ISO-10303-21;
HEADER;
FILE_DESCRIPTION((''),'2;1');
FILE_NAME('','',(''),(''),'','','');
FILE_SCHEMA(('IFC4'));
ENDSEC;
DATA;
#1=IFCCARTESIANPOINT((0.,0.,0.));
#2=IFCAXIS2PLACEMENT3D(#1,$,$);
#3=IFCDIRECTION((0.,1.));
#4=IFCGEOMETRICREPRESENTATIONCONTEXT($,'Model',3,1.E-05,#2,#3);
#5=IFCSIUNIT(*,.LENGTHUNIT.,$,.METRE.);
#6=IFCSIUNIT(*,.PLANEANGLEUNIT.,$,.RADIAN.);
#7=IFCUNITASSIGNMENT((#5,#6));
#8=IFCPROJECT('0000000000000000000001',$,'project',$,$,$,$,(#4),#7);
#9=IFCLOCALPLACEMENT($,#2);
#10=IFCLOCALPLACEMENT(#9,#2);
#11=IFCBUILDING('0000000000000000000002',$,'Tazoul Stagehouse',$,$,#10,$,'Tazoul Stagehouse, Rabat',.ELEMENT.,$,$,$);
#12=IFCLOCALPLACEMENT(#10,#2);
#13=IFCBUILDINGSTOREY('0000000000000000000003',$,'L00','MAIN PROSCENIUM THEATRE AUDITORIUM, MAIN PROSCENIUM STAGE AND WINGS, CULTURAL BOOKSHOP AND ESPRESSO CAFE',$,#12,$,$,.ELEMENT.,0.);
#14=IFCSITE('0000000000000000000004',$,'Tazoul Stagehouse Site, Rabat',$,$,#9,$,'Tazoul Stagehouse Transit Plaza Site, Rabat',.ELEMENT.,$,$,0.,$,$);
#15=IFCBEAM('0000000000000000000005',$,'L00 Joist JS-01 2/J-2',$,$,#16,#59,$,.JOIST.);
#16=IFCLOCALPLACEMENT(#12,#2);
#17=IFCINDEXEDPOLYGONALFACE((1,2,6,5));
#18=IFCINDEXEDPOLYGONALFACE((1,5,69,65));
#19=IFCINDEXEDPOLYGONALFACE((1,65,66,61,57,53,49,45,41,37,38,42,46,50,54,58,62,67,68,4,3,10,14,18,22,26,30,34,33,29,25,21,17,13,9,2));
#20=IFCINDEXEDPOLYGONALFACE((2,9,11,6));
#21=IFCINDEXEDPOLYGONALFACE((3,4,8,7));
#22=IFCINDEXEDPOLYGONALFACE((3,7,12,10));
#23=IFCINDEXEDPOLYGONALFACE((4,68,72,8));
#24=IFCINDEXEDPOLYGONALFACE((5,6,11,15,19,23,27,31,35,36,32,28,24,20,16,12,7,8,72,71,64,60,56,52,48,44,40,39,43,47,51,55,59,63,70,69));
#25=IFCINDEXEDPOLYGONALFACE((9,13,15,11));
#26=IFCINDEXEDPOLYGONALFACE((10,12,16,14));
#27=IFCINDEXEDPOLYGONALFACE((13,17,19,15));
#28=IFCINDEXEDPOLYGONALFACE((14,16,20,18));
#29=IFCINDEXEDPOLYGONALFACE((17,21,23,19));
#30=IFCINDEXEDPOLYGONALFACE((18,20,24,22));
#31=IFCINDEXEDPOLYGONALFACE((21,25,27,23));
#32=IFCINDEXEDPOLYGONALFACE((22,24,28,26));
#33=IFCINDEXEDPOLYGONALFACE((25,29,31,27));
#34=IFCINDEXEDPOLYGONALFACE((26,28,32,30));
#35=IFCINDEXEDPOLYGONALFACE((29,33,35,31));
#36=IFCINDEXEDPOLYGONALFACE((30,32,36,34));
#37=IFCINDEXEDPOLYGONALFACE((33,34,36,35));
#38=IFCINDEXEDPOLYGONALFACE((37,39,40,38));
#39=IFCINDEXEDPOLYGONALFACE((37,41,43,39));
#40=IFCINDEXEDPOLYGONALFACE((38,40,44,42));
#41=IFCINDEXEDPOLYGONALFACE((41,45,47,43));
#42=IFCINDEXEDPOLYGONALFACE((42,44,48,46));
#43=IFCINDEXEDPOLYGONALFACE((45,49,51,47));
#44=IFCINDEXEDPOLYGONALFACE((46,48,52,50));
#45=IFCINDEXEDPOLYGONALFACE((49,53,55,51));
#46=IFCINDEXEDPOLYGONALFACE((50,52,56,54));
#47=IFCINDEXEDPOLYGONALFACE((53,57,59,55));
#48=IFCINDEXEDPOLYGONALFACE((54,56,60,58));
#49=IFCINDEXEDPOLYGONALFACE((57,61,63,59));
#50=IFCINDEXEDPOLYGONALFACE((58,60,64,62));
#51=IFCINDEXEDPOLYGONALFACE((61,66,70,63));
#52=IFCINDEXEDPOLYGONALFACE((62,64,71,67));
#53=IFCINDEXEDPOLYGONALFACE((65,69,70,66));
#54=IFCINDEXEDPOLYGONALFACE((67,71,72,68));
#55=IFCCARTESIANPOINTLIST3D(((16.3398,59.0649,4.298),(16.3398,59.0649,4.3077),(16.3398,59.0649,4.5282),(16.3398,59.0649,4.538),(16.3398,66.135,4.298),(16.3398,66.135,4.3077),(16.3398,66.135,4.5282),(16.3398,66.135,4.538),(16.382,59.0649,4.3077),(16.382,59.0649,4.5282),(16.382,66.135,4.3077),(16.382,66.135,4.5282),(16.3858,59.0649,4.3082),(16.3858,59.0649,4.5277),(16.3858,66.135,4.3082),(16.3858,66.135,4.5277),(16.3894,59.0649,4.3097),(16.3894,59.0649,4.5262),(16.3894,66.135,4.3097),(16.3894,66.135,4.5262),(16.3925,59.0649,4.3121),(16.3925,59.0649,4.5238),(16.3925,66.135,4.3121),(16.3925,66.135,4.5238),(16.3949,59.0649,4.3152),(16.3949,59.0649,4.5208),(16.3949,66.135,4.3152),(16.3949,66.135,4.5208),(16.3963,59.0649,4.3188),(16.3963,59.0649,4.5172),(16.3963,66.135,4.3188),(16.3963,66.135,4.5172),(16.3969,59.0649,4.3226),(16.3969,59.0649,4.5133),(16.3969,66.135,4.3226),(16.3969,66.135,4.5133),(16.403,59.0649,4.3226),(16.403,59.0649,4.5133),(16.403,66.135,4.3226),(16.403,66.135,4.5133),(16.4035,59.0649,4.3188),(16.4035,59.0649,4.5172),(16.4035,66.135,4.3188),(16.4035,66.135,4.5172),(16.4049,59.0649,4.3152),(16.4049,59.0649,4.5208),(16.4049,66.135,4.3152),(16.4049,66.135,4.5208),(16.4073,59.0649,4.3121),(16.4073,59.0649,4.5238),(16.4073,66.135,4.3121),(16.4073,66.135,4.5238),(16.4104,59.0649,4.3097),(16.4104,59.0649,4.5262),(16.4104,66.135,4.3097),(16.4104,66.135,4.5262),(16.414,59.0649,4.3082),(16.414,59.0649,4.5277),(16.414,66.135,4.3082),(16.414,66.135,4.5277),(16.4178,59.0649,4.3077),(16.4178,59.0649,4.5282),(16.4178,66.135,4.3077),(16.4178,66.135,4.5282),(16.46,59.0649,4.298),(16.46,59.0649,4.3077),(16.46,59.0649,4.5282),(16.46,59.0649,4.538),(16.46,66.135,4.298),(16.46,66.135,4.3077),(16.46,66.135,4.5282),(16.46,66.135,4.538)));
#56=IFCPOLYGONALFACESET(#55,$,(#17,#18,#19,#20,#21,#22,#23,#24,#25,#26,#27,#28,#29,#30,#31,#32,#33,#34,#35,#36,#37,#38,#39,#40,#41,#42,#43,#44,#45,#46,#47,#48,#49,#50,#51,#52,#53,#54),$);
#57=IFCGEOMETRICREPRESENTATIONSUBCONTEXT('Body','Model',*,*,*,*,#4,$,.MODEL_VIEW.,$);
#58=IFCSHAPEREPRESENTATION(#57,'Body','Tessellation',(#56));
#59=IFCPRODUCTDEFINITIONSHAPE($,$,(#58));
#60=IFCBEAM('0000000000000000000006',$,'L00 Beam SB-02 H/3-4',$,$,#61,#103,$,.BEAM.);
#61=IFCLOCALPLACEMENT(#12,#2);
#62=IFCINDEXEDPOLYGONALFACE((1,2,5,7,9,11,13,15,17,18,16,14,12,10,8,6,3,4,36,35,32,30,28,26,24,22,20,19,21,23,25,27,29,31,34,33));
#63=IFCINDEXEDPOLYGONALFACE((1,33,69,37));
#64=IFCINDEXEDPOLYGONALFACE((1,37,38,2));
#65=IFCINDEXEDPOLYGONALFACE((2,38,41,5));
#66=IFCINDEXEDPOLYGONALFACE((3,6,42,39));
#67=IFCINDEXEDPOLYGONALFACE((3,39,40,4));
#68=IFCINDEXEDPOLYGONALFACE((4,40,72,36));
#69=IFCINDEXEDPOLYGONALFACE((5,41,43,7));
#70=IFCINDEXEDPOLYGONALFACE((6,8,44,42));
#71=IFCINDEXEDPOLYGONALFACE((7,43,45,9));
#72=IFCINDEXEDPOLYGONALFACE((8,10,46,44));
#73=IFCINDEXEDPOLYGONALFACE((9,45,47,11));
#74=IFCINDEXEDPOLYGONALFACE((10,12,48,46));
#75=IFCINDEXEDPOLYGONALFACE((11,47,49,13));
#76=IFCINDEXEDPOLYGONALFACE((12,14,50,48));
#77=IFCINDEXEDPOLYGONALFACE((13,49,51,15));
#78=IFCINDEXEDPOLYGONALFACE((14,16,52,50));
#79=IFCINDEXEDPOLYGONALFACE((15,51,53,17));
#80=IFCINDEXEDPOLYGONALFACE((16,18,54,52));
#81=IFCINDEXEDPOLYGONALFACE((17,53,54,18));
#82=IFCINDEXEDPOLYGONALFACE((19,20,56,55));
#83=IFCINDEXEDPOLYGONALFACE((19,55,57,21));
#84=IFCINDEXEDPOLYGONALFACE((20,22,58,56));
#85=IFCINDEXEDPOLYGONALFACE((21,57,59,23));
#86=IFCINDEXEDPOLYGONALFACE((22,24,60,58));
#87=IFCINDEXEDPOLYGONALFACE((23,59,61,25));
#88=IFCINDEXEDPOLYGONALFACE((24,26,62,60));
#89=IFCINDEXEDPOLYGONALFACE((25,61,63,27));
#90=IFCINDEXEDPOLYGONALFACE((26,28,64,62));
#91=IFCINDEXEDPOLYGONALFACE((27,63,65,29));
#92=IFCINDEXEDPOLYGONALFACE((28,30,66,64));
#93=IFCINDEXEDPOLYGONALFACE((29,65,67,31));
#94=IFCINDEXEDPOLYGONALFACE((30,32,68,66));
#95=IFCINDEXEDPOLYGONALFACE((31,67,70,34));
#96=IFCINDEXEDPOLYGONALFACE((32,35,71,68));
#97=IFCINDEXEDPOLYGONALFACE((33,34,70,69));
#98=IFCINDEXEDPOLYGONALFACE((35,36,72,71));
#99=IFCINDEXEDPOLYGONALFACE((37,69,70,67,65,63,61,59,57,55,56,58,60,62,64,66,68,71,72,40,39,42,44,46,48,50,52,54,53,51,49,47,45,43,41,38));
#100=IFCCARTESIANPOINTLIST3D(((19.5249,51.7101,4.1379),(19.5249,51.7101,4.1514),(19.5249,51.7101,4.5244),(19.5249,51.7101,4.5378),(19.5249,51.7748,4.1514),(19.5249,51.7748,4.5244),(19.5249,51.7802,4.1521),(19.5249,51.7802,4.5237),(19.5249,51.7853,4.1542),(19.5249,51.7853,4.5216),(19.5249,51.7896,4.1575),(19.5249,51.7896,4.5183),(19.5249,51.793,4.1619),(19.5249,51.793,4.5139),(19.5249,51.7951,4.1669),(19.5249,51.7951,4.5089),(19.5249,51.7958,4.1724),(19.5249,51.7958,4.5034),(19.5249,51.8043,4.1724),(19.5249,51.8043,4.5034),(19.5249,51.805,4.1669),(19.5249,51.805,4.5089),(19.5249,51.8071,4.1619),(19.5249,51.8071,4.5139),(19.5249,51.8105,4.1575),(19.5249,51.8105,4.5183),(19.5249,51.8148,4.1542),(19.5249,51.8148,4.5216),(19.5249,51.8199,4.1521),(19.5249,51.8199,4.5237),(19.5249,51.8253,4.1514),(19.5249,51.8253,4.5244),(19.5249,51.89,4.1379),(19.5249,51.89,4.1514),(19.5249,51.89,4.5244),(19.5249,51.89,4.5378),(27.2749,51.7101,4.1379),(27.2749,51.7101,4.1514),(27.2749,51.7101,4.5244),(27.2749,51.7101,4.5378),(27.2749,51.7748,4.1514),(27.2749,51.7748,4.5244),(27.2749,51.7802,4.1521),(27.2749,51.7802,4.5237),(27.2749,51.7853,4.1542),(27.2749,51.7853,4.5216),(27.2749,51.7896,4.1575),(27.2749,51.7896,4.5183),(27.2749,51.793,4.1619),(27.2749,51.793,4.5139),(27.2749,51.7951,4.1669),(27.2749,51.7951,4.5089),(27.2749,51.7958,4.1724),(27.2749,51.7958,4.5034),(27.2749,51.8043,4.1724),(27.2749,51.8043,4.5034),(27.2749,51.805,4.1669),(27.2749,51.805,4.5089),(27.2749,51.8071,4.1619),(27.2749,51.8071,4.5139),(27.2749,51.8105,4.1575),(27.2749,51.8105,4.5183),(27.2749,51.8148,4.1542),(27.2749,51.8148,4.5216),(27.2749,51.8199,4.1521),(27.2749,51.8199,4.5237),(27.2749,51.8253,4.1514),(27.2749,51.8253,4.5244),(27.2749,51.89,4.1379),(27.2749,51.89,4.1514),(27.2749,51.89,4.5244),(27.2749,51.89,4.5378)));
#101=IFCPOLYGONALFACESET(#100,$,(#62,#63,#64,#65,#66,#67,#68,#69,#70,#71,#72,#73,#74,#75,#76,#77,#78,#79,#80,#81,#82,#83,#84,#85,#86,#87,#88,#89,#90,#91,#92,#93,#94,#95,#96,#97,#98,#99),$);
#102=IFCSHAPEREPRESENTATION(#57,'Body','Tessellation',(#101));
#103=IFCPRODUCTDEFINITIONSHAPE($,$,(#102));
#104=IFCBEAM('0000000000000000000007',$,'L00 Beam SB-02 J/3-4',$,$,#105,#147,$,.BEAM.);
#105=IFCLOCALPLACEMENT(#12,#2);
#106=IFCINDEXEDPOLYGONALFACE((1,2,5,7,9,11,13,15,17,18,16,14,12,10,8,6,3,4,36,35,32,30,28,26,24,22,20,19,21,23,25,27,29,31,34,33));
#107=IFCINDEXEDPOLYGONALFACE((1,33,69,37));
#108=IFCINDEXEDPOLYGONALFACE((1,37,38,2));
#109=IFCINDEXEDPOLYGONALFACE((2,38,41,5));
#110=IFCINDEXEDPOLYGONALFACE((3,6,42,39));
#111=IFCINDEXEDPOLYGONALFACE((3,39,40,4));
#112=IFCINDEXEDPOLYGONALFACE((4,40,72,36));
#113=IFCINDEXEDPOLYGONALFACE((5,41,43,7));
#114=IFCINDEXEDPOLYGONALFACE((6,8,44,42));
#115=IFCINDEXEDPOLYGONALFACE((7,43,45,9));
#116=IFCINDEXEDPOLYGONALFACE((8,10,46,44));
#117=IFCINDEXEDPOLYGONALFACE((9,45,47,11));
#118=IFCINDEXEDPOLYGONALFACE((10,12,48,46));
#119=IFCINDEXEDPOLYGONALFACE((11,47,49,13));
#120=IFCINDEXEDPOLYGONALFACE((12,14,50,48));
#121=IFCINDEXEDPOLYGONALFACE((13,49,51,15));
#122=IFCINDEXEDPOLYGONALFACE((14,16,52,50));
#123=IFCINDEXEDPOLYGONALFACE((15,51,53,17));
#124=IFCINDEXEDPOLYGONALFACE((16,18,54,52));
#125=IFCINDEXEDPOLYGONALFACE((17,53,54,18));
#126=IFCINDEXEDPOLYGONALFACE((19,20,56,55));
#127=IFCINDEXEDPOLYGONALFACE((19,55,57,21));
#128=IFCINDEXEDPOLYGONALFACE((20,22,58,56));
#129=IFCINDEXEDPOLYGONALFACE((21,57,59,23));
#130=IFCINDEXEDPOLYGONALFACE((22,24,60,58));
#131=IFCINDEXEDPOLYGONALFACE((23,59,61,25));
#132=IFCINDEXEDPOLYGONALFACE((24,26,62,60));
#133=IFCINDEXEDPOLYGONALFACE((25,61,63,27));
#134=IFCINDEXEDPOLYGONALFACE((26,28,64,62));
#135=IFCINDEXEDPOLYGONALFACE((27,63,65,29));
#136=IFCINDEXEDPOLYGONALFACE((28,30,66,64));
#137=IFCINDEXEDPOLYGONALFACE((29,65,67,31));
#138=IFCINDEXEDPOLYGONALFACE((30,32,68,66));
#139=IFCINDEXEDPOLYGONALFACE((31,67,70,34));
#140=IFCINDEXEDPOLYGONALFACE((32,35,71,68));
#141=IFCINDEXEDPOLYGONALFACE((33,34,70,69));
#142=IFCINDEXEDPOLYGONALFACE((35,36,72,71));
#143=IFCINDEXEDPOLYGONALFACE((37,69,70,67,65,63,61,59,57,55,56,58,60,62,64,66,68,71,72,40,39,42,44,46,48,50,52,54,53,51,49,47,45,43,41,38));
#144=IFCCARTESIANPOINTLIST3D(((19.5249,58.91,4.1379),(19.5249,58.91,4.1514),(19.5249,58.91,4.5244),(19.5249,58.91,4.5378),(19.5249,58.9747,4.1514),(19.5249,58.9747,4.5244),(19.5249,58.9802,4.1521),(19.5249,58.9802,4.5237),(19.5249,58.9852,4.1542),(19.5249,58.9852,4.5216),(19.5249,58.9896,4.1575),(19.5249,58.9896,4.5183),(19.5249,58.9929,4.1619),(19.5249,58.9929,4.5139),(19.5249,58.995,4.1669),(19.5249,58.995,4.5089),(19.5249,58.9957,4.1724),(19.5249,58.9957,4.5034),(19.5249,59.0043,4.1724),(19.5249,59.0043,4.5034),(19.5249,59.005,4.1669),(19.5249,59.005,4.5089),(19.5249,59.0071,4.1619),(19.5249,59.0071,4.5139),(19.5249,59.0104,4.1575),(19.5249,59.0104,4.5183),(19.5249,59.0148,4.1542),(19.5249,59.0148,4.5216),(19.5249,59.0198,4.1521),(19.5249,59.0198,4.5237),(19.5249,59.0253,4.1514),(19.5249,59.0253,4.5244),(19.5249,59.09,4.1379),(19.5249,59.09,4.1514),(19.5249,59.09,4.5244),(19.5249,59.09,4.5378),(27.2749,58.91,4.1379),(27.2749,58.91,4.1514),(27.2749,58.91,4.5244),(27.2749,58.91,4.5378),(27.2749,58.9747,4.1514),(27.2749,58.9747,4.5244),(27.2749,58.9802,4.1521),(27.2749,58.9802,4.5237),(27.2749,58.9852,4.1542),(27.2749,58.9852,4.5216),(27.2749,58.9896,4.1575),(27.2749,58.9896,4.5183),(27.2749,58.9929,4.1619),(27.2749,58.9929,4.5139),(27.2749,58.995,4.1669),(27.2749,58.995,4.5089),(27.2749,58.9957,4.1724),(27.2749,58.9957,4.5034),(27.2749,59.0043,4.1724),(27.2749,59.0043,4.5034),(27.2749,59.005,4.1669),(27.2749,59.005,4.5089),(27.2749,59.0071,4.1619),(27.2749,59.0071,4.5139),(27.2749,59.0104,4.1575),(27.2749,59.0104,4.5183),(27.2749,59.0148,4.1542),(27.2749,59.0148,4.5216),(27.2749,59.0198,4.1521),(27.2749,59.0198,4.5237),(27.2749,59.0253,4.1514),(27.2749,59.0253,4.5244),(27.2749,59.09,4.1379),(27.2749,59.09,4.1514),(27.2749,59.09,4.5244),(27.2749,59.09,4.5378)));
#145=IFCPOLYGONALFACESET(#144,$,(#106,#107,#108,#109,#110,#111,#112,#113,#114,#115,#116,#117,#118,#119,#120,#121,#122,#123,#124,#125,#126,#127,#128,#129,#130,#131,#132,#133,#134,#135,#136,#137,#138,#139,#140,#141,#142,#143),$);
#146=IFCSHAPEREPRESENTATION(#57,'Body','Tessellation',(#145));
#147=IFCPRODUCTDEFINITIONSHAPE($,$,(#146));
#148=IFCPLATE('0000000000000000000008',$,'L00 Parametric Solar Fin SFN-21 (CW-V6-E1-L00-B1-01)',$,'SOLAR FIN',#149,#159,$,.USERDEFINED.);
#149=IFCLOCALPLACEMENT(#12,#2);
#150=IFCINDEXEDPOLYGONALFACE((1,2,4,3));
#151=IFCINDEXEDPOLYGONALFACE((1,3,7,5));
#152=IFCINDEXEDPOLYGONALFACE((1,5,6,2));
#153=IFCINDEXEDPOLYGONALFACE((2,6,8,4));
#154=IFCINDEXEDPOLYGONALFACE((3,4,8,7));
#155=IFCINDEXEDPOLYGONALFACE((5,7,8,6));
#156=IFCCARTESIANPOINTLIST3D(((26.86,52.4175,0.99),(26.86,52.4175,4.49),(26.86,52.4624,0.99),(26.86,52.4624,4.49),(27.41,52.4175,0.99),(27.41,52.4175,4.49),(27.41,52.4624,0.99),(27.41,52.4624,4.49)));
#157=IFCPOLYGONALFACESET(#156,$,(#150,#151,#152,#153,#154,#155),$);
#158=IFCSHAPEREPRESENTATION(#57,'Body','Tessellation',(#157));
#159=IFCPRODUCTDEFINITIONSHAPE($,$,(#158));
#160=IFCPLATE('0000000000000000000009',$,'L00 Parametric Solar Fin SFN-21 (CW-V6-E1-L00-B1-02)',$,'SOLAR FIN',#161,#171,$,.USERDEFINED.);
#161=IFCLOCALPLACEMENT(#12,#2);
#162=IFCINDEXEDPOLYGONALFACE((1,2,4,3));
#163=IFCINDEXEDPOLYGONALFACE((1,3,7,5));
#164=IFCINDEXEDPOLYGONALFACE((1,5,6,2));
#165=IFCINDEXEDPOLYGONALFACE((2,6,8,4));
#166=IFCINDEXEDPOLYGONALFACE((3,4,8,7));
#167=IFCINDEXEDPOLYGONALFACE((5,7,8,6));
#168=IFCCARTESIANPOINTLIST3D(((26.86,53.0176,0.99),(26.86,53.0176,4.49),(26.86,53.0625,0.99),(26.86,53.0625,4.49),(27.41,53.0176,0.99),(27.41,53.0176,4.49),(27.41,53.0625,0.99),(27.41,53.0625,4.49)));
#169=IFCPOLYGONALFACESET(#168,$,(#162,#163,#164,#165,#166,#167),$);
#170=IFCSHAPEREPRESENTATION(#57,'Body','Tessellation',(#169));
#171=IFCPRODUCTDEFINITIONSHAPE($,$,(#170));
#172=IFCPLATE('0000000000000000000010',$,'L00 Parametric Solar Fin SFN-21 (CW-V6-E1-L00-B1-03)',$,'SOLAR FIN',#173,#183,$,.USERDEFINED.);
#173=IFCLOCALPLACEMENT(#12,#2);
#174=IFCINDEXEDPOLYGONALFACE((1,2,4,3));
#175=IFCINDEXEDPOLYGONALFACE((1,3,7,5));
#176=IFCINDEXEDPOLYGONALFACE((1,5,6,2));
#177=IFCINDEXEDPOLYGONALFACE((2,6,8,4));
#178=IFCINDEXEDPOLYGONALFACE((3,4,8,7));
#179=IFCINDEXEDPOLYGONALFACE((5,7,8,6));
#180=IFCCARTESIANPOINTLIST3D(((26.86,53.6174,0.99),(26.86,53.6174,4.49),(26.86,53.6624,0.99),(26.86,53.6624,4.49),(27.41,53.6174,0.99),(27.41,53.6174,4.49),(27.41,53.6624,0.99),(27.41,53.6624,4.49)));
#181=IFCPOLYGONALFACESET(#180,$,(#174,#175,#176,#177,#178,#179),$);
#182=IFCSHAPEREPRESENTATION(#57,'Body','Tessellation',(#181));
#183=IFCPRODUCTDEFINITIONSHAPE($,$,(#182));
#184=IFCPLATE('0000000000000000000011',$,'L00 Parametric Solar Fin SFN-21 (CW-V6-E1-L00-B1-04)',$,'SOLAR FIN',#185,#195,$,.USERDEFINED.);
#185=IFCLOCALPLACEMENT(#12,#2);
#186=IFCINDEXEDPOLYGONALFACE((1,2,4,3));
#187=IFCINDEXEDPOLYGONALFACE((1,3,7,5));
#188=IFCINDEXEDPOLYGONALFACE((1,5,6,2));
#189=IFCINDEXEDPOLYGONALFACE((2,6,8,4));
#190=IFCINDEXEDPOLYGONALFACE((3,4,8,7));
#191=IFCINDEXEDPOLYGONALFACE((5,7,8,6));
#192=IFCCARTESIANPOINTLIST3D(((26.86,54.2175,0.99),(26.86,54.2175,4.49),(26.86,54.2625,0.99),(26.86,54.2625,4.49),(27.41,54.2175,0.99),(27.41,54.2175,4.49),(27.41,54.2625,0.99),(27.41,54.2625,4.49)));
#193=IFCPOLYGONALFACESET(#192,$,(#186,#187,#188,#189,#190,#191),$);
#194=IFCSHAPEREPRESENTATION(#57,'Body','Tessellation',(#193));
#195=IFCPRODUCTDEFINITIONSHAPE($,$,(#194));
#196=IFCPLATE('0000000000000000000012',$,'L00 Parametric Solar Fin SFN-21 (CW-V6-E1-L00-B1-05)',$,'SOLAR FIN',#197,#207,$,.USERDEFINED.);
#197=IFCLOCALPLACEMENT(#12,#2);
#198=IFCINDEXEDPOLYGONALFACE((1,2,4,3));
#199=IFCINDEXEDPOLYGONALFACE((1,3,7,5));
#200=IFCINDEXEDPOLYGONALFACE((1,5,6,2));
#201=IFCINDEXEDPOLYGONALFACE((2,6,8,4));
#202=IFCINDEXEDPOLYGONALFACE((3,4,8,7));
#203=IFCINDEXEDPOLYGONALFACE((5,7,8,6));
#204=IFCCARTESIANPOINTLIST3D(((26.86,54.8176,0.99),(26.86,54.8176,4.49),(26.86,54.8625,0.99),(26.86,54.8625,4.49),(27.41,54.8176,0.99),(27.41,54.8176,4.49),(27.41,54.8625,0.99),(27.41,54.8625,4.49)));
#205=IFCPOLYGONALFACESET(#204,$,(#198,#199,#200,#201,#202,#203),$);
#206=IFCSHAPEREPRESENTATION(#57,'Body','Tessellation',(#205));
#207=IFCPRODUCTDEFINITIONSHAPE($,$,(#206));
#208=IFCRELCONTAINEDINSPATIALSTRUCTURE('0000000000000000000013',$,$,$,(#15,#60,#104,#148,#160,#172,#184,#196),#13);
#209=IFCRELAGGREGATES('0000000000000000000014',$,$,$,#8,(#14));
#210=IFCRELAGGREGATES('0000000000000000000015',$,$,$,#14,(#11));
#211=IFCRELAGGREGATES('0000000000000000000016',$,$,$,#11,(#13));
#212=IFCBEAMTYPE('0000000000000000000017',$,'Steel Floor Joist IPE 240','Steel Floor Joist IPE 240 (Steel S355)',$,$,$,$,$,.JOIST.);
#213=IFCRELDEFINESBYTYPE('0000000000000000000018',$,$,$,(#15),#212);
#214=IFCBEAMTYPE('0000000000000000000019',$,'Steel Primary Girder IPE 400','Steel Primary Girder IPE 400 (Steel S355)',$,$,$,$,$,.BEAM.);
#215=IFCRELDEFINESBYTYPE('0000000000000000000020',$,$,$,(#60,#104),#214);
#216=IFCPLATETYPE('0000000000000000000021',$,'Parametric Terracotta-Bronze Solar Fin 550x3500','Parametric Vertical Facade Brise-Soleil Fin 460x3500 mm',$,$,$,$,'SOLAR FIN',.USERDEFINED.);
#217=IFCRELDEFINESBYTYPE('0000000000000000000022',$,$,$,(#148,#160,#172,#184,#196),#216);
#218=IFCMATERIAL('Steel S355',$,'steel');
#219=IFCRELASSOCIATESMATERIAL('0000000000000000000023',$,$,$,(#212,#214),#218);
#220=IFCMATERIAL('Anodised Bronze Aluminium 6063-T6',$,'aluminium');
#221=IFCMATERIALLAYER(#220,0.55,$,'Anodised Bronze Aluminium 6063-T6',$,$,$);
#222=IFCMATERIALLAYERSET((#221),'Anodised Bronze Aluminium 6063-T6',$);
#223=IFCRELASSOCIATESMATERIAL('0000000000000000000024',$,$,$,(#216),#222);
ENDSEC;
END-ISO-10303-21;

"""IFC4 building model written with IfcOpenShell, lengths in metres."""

from ifc_helpers import new_model, si_unit, direction, frame, origin, origin_2d, place, context, subcontext, project, spatial, rectangle, i_section, extrude, material, layer, layer_set, material_profile, profile_set, type_object, element, save


model = new_model("IFC4")

# Units and contexts
model_context = context("Model", 3, precision=1e-05, world=origin(), true_north=direction((0.0, 1.0)))
body_context = subcontext(model_context, "Body", "Model", "MODEL_VIEW")
ifc_project = project(units=[si_unit("LENGTHUNIT", "METRE"), si_unit("PLANEANGLEUNIT", "RADIAN")], contexts=[model_context])

# Site, building, storey
site_placement = place(None, origin())
site = spatial("IfcSite", under=ifc_project, at=site_placement, Name="Tazoul Stagehouse Site, Rabat", LongName="Tazoul Stagehouse Transit Plaza Site, Rabat", CompositionType="ELEMENT", RefElevation=0.0)
building_placement = place(site_placement, origin())
building = spatial("IfcBuilding", under=site, at=building_placement, Name="Tazoul Stagehouse", LongName="Tazoul Stagehouse, Rabat", CompositionType="ELEMENT")
storey_placement = place(building_placement, origin())
storey = spatial("IfcBuildingStorey", under=building, at=storey_placement, Name="L00", Description="MAIN PROSCENIUM THEATRE AUDITORIUM, MAIN PROSCENIUM STAGE AND WINGS, CULTURAL BOOKSHOP AND ESPRESSO CAFE", CompositionType="ELEMENT", Elevation=0.0)

# Beams
ifc_material_1 = material(Name="Steel S355", Category="steel")
ifc_material_profile_1 = material_profile(ifc_material_1, i_section(OverallWidth=0.1201, OverallDepth=0.24, WebThickness=0.0061, FlangeThickness=0.0098, FilletRadius=0.0149, at=origin_2d()), Name="IPE 240")
ifc_profile_set_1 = profile_set([ifc_material_profile_1], Name="Steel S355")
beam_type_1 = type_object("IfcBeamType", Name="Steel Floor Joist IPE 240", Description="Steel Floor Joist IPE 240 (Steel S355)", PredefinedType="JOIST", material=ifc_profile_set_1)
for number, where, z_axis, x_axis, name in (
    (1, (16.3999, 59.0649, 4.418), (0.0, 1.0, 0.0), (-1.0, 0.0, 0.0), "L00 Joist JS-01 2/J-2"),
):
    element("IfcBeam", number, at=place(storey_placement, frame(where, z_axis=z_axis, x_axis=x_axis)), inside=storey, type_object=beam_type_1, Name=name, PredefinedType="JOIST", context=body_context, shape_type="SweptSolid", body=[
        extrude(i_section(OverallWidth=0.1201, OverallDepth=0.24, WebThickness=0.0061, FlangeThickness=0.0098, FilletRadius=0.0149, at=origin_2d()), origin(), (0.0, 0.0, 1.0), 7.0701),
    ])
ifc_material_profile_2 = material_profile(ifc_material_1, i_section(OverallWidth=0.1799, OverallDepth=0.3999, WebThickness=0.0085, FlangeThickness=0.0134, FilletRadius=0.021, at=origin_2d()), Name="IPE 400")
ifc_profile_set_2 = profile_set([ifc_material_profile_2], Name="Steel S355")
beam_type_2 = type_object("IfcBeamType", Name="Steel Primary Girder IPE 400", Description="Steel Primary Girder IPE 400 (Steel S355)", PredefinedType="BEAM", material=ifc_profile_set_2)
for number, where, z_axis, x_axis, name in (
    (2, (19.5249, 51.8, 4.3379), (1.0, 0.0, 0.0), (0.0, 1.0, 0.0), "L00 Beam SB-02 H/3-4"),
    (3, (19.5249, 59.0, 4.3379), (1.0, 0.0, 0.0), (0.0, 1.0, 0.0), "L00 Beam SB-02 J/3-4"),
):
    element("IfcBeam", number, at=place(storey_placement, frame(where, z_axis=z_axis, x_axis=x_axis)), inside=storey, type_object=beam_type_2, Name=name, PredefinedType="BEAM", context=body_context, shape_type="SweptSolid", body=[
        extrude(i_section(OverallWidth=0.1799, OverallDepth=0.3999, WebThickness=0.0085, FlangeThickness=0.0134, FilletRadius=0.021, at=origin_2d()), origin(), (0.0, 0.0, 1.0), 7.75),
    ])

# Plates
ifc_material_2 = material(Name="Anodised Bronze Aluminium 6063-T6", Category="aluminium")
ifc_layer_1 = layer(ifc_material_2, 0.55, Name="Anodised Bronze Aluminium 6063-T6")
ifc_layer_set_1 = layer_set([ifc_layer_1], Name="Anodised Bronze Aluminium 6063-T6")
plate_type = type_object("IfcPlateType", Name="Parametric Terracotta-Bronze Solar Fin 550x3500", Description="Parametric Vertical Facade Brise-Soleil Fin 460x3500 mm", ElementType="SOLAR FIN", PredefinedType="USERDEFINED", material=ifc_layer_set_1)
for number, where, z_axis, x_axis, name in (
    (4, (27.135, 52.4399, 0.99), (0.0, 0.0, 1.0), (0.0, 1.0, 0.0), "L00 Parametric Solar Fin SFN-21 (CW-V6-E1-L00-B1-01)"),
    (5, (27.135, 53.04, 0.99), (0.0, 0.0, 1.0), (0.0, 1.0, 0.0), "L00 Parametric Solar Fin SFN-21 (CW-V6-E1-L00-B1-02)"),
    (6, (27.135, 53.6399, 0.99), (0.0, 0.0, 1.0), (0.0, 1.0, 0.0), "L00 Parametric Solar Fin SFN-21 (CW-V6-E1-L00-B1-03)"),
    (7, (27.135, 54.24, 0.99), (0.0, 0.0, 1.0), (0.0, 1.0, 0.0), "L00 Parametric Solar Fin SFN-21 (CW-V6-E1-L00-B1-04)"),
    (8, (27.135, 54.8401, 0.99), (0.0, 0.0, 1.0), (0.0, 1.0, 0.0), "L00 Parametric Solar Fin SFN-21 (CW-V6-E1-L00-B1-05)"),
):
    element("IfcPlate", number, at=place(storey_placement, frame(where, z_axis=z_axis, x_axis=x_axis)), inside=storey, type_object=plate_type, Name=name, ObjectType="SOLAR FIN", PredefinedType="USERDEFINED", context=body_context, shape_type="SweptSolid", body=[
        extrude(rectangle(XDim=0.0449, YDim=0.55, at=origin_2d()), origin(), (0.0, 0.0, 1.0), 3.5),
    ])

save(model, "model.ifc")
